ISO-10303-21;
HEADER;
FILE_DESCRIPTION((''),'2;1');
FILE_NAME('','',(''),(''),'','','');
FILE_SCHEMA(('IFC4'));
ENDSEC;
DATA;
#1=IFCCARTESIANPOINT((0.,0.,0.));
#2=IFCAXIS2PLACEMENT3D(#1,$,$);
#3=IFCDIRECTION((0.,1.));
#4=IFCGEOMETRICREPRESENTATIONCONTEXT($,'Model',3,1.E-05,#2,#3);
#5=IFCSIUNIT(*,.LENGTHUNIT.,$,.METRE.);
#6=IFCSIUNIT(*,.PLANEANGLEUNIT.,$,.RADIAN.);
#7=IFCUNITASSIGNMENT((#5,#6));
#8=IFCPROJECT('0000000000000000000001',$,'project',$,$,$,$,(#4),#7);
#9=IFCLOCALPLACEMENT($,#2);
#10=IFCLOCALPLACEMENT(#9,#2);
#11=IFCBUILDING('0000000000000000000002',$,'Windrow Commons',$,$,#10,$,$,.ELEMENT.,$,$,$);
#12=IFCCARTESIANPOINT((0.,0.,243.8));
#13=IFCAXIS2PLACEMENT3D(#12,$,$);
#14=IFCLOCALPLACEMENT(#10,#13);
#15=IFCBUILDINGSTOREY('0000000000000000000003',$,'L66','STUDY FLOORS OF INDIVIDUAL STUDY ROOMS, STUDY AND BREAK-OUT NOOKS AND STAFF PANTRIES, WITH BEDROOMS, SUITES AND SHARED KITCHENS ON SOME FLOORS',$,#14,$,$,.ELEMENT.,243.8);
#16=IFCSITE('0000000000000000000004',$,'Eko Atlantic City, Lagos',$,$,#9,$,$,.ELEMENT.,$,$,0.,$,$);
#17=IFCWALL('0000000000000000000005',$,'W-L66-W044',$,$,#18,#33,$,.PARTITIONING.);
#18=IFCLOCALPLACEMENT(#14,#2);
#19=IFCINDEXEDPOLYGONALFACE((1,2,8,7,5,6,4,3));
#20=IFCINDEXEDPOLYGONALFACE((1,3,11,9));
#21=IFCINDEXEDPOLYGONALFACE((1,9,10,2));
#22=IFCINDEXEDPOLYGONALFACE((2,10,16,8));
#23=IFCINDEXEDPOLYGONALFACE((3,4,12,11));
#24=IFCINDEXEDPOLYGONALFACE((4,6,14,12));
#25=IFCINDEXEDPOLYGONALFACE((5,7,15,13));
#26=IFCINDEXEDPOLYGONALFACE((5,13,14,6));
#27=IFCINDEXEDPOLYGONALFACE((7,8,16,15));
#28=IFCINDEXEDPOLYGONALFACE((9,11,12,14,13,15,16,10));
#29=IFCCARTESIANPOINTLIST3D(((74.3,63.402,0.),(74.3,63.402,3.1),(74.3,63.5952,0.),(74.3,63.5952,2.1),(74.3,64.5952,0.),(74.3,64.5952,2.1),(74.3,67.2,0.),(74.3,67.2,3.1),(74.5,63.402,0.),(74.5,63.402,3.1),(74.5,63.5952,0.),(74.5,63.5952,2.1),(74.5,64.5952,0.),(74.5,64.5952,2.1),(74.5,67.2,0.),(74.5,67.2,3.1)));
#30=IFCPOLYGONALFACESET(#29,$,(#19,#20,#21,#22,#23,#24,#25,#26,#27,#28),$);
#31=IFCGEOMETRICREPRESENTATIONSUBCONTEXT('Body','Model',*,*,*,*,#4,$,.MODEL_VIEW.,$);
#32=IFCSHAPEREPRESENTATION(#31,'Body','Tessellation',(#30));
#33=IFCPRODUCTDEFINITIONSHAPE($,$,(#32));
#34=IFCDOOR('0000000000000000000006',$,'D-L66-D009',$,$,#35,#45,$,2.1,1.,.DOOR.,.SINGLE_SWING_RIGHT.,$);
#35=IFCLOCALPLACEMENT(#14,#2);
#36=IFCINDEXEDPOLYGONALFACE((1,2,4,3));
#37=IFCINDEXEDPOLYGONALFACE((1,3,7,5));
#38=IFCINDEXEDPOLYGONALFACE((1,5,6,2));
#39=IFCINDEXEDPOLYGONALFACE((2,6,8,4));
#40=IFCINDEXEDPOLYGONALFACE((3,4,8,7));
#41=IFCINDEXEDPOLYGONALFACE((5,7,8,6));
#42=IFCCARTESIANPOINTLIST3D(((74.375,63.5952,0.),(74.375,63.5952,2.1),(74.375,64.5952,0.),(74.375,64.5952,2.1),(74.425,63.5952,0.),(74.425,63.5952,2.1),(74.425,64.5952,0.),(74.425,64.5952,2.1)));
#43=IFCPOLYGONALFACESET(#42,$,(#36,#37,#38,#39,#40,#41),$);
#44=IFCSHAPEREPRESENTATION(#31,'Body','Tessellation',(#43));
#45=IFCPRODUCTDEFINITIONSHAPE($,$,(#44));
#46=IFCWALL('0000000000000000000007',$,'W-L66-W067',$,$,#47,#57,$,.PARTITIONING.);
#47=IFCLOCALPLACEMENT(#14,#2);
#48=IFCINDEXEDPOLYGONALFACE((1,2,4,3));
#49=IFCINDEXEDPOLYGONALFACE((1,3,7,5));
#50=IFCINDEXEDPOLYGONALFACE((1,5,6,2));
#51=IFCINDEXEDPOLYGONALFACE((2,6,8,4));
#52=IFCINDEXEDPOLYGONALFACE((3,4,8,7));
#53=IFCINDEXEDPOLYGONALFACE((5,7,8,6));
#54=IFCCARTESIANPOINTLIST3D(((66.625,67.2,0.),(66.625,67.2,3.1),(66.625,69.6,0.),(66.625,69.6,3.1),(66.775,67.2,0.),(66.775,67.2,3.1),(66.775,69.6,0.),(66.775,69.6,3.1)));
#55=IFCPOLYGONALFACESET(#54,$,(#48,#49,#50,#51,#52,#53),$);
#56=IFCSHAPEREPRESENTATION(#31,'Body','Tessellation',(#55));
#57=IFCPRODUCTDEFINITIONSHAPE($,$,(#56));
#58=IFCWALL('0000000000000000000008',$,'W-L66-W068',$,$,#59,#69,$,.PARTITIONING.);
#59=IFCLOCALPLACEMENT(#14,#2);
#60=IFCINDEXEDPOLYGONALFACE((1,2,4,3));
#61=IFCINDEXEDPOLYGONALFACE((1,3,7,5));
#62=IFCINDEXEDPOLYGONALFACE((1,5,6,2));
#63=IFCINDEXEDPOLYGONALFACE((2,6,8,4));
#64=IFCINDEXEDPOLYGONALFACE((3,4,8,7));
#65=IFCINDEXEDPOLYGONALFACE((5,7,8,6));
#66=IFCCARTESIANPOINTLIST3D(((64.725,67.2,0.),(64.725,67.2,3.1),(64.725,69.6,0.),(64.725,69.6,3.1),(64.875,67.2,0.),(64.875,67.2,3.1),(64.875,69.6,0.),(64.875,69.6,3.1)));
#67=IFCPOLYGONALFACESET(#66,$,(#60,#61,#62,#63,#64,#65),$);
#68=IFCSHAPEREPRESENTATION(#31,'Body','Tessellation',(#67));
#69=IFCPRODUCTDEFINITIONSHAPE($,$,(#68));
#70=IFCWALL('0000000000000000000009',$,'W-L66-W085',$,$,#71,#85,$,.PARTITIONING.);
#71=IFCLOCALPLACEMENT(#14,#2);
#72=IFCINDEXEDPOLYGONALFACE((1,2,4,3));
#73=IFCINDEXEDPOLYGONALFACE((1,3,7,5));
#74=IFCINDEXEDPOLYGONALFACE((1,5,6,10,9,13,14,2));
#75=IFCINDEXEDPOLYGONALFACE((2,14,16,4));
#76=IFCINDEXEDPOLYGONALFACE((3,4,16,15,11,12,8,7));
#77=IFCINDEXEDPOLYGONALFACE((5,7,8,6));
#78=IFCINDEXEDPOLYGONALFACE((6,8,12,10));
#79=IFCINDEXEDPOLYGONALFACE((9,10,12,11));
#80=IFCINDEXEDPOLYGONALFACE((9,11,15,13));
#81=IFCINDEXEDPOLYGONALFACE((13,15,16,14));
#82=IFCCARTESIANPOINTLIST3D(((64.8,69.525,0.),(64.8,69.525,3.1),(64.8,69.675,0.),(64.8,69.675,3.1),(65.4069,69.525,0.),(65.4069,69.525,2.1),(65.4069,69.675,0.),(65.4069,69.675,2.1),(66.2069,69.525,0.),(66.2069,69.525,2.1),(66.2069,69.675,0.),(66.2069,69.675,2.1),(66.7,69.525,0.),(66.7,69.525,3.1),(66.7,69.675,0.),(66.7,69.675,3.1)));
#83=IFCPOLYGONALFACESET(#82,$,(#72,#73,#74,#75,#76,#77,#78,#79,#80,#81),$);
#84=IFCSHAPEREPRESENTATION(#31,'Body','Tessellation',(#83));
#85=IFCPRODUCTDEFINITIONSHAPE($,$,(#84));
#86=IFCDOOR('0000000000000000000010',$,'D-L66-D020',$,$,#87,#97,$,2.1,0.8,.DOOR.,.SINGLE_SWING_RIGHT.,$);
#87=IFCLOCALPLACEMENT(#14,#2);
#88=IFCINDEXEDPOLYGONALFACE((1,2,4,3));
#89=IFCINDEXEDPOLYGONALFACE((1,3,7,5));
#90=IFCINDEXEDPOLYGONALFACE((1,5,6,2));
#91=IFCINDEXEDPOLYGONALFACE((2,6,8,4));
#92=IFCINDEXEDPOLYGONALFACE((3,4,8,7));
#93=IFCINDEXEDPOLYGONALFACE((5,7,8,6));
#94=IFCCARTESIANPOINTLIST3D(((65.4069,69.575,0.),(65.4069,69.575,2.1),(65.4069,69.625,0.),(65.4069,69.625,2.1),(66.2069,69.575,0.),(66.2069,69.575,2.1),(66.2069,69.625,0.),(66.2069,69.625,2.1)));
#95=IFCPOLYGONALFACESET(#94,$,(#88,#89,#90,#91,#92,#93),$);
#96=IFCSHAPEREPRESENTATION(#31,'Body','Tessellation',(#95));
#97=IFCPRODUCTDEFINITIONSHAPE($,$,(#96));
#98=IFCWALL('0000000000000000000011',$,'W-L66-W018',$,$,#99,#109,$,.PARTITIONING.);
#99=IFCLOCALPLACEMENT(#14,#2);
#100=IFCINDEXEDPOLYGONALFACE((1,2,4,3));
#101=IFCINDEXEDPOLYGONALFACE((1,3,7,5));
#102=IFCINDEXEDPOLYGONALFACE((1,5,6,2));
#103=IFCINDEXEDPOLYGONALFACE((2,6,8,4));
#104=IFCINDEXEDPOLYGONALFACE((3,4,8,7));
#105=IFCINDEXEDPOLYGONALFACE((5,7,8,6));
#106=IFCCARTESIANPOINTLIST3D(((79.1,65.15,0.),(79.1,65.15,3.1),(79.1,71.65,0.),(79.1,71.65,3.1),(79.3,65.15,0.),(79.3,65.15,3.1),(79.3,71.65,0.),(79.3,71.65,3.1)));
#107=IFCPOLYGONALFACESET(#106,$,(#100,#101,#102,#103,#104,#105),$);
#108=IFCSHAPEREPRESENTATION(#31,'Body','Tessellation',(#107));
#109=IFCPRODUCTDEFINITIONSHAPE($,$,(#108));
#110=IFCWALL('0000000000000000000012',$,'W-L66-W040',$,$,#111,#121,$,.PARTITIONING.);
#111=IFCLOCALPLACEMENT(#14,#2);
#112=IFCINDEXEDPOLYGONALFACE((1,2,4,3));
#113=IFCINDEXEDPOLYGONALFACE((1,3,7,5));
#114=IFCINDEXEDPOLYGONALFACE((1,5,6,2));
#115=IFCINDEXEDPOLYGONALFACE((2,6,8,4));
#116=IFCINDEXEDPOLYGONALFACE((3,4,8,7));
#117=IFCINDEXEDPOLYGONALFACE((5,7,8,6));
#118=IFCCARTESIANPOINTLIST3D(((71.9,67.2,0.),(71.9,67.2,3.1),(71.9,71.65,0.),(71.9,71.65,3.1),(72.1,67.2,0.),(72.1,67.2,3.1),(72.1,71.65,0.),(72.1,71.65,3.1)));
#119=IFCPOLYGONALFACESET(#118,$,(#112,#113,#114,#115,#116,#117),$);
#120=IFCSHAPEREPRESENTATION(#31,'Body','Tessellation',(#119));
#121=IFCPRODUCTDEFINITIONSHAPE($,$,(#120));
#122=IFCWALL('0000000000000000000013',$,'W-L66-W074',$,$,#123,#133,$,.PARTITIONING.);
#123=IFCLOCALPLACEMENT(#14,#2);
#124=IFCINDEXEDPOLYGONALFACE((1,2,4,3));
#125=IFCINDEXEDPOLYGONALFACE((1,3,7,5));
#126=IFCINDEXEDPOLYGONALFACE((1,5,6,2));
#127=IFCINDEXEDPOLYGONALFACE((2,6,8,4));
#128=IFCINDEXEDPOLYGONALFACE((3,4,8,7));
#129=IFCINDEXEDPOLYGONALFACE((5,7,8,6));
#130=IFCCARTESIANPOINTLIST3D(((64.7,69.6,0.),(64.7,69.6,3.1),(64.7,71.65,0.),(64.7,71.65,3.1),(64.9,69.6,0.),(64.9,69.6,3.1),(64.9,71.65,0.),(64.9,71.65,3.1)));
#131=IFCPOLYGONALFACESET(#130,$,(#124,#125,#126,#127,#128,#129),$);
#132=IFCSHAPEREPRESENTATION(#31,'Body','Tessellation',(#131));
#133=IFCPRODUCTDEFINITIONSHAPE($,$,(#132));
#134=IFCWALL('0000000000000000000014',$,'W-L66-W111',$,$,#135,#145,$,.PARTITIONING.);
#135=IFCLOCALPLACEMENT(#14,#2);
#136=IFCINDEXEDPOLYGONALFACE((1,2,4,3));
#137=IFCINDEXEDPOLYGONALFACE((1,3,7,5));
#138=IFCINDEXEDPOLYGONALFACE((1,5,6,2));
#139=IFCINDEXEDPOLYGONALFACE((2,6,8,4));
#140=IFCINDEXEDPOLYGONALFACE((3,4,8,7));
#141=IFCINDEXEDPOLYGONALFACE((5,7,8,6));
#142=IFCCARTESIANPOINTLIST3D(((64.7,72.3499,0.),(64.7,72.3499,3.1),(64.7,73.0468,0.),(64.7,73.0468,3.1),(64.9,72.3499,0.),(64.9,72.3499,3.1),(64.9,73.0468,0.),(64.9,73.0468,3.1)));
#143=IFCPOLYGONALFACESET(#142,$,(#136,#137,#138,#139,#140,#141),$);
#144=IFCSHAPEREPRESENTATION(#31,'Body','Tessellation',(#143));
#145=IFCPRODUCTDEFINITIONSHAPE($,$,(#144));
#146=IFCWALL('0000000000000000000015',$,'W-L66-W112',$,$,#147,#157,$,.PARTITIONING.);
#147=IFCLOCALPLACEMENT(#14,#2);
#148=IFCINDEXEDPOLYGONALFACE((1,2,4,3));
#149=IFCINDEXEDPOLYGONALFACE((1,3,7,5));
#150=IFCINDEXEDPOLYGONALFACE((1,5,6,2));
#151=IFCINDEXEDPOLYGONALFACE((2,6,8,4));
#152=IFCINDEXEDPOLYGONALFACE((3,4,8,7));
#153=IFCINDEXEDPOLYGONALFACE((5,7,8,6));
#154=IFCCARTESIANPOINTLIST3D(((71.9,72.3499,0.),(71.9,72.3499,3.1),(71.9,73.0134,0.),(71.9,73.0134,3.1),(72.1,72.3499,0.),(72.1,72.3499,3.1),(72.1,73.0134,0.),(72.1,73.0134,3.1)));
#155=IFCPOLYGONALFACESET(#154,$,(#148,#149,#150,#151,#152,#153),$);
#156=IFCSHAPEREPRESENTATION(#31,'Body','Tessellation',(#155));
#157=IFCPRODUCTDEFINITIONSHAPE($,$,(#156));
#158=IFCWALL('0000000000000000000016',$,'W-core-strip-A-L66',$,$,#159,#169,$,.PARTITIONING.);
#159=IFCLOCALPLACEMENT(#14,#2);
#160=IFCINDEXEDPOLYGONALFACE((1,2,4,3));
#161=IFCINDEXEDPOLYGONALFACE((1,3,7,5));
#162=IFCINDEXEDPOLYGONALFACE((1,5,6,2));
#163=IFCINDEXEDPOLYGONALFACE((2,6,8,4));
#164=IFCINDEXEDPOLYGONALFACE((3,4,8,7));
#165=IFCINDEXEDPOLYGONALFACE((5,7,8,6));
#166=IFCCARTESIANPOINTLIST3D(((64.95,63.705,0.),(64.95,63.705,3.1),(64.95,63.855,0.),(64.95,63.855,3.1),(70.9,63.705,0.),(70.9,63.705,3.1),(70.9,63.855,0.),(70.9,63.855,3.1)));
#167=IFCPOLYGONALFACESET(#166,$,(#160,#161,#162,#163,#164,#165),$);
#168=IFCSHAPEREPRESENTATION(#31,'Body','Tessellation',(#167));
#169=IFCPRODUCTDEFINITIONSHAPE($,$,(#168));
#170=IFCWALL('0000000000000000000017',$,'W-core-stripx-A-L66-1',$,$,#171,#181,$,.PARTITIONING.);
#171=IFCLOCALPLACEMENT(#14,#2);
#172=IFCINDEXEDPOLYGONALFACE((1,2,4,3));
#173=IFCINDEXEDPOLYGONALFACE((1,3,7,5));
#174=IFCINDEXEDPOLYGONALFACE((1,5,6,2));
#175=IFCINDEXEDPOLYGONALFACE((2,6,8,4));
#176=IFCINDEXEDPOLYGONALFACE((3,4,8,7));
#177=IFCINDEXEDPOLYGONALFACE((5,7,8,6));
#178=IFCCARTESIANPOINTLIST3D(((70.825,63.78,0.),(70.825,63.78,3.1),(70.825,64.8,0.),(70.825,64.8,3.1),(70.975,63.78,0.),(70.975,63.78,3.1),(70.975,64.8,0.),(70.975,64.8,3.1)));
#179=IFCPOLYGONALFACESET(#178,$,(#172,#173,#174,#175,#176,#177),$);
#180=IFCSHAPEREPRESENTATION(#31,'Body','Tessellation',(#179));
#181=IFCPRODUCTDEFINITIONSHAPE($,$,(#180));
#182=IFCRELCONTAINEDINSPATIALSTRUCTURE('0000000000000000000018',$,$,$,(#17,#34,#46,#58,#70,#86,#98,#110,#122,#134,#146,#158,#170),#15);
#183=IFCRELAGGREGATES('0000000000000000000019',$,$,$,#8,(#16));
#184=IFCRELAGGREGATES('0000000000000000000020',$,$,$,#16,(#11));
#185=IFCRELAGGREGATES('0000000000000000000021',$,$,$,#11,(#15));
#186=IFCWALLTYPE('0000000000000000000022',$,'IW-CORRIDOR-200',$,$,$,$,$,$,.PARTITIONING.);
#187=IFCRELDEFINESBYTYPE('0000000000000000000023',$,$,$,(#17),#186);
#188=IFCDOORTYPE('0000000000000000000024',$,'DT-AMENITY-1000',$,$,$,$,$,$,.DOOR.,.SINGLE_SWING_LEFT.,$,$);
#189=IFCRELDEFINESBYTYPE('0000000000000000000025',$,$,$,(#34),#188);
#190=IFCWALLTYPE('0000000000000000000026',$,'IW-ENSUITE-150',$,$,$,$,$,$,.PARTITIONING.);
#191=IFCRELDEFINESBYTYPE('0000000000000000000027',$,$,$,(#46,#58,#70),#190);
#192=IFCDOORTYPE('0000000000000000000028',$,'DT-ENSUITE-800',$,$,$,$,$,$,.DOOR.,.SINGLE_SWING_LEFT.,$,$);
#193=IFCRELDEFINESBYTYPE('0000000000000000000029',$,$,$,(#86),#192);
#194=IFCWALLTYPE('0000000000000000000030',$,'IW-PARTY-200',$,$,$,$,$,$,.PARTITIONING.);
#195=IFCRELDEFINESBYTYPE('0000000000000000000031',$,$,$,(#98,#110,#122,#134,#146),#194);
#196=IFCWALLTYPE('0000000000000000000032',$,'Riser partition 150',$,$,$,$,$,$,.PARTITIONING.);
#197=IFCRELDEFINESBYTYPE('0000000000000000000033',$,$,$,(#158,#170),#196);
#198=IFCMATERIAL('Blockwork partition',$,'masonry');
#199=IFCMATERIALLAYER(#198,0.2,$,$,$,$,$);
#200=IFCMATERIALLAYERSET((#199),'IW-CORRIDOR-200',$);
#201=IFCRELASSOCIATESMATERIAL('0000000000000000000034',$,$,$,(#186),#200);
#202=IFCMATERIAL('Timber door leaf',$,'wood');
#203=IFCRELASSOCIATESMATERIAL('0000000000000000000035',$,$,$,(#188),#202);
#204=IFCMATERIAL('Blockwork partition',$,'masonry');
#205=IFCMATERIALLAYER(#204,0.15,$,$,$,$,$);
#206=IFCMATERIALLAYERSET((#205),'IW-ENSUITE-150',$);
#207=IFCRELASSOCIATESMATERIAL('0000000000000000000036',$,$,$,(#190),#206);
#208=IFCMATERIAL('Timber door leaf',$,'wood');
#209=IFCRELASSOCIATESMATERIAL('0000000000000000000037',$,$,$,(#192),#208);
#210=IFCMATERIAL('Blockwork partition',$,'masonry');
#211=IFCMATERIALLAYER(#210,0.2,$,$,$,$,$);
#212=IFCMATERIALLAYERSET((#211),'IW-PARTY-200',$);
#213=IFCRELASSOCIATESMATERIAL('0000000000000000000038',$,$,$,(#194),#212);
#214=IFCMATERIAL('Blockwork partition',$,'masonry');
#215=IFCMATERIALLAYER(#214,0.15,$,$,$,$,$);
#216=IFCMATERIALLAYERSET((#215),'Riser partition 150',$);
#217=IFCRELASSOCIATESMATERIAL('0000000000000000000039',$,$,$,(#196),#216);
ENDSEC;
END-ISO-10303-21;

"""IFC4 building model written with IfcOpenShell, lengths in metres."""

from ifc_helpers import new_model, si_unit, direction, frame, frame_2d, origin, place, context, subcontext, project, spatial, rectangle, extrude, material, layer, layer_set, type_object, element, fill, save


model = new_model("IFC4")

# Units and contexts
model_context = context("Model", 3, precision=1e-05, world=origin(), true_north=direction((0.0, 1.0)))
body_context = subcontext(model_context, "Body", "Model", "MODEL_VIEW")
ifc_project = project(units=[si_unit("LENGTHUNIT", "METRE"), si_unit("PLANEANGLEUNIT", "RADIAN")], contexts=[model_context])

# Site, building, storey
site_placement = place(None, origin())
site = spatial("IfcSite", under=ifc_project, at=site_placement, Name="Eko Atlantic City, Lagos", CompositionType="ELEMENT", RefElevation=0.0)
building_placement = place(site_placement, origin())
building = spatial("IfcBuilding", under=site, at=building_placement, Name="Windrow Commons", CompositionType="ELEMENT")
storey_placement = place(building_placement, frame((0.0, 0.0, 243.8)))
storey = spatial("IfcBuildingStorey", under=building, at=storey_placement, Name="L66", Description="STUDY FLOORS OF INDIVIDUAL STUDY ROOMS, STUDY AND BREAK-OUT NOOKS AND STAFF PANTRIES, WITH BEDROOMS, SUITES AND SHARED KITCHENS ON SOME FLOORS", CompositionType="ELEMENT", Elevation=243.8)

# Wall, opening, door
ifc_material_1 = material(Name="Blockwork partition", Category="masonry")
ifc_layer_1 = layer(ifc_material_1, 0.2)
ifc_layer_set_1 = layer_set([ifc_layer_1], Name="IW-CORRIDOR-200")
wall_type_1 = type_object("IfcWallType", Name="IW-CORRIDOR-200", PredefinedType="PARTITIONING", material=ifc_layer_set_1)
wall_1_placement = place(storey_placement, frame((74.4, 63.402, 0.0), z_axis=(0.0, 0.0, 1.0), x_axis=(0.0, 1.0, 0.0)))
wall_1 = element("IfcWall", 1, at=wall_1_placement, inside=storey, type_object=wall_type_1, Name="W-L66-W044", PredefinedType="PARTITIONING", context=body_context, shape_type="SweptSolid", body=[
    extrude(rectangle(XDim=3.798, YDim=0.2, at=frame_2d((1.899, 0.0))), origin(), (0.0, 0.0, 1.0), 3.1),
])
opening_1_placement = place(wall_1_placement, frame((0.1932, 0.0, 0.0)))
opening_1 = element("IfcOpeningElement", 2, at=opening_1_placement, cuts=wall_1, PredefinedType="OPENING", context=body_context, shape_type="SweptSolid", body=[
    extrude(rectangle(XDim=1.0, YDim=2.1, at=frame_2d((0.5, 1.05))), frame((0.0, 0.11, 0.0), z_axis=(0.0, -1.0, 0.0), x_axis=(1.0, 0.0, 0.0)), (0.0, 0.0, 1.0), 0.22),
])
ifc_material_2 = material(Name="Timber door leaf", Category="wood")
door_type_1 = type_object("IfcDoorType", Name="DT-AMENITY-1000", OperationType="SINGLE_SWING_LEFT", PredefinedType="DOOR", material=ifc_material_2)
door_1_placement = place(opening_1_placement, origin())
door_1 = element("IfcDoor", 3, at=door_1_placement, inside=storey, type_object=door_type_1, Name="D-L66-D009", OperationType="SINGLE_SWING_RIGHT", OverallHeight=2.1, OverallWidth=1.0, PredefinedType="DOOR", context=body_context, shape_type="SweptSolid", body=[
    extrude(rectangle(XDim=1.0, YDim=2.1, at=frame_2d((0.5, 1.05))), frame((0.0, 0.025, 0.0), z_axis=(0.0, -1.0, 0.0), x_axis=(1.0, 0.0, 0.0)), (0.0, 0.0, 1.0), 0.05),
])
fill(opening_1, door_1)

# Walls
ifc_material_3 = material(Name="Blockwork partition", Category="masonry")
ifc_layer_2 = layer(ifc_material_3, 0.15)
ifc_layer_set_2 = layer_set([ifc_layer_2], Name="IW-ENSUITE-150")
wall_type_2 = type_object("IfcWallType", Name="IW-ENSUITE-150", PredefinedType="PARTITIONING", material=ifc_layer_set_2)
for number, where, z_axis, x_axis, name in (
    (4, (66.7, 67.2, 0.0), (0.0, 0.0, 1.0), (0.0, 1.0, 0.0), "W-L66-W067"),
    (5, (64.8, 67.2, 0.0), (0.0, 0.0, 1.0), (0.0, 1.0, 0.0), "W-L66-W068"),
):
    element("IfcWall", number, at=place(storey_placement, frame(where, z_axis=z_axis, x_axis=x_axis)), inside=storey, type_object=wall_type_2, Name=name, PredefinedType="PARTITIONING", context=body_context, shape_type="SweptSolid", body=[
        extrude(rectangle(XDim=2.4, YDim=0.15, at=frame_2d((1.2, 0.0))), origin(), (0.0, 0.0, 1.0), 3.1),
    ])

# Wall, opening, door
wall_2_placement = place(storey_placement, frame((64.8, 69.6, 0.0), z_axis=(0.0, 0.0, 1.0), x_axis=(1.0, 0.0, 0.0)))
wall_2 = element("IfcWall", 6, at=wall_2_placement, inside=storey, type_object=wall_type_2, Name="W-L66-W085", PredefinedType="PARTITIONING", context=body_context, shape_type="SweptSolid", body=[
    extrude(rectangle(XDim=1.9, YDim=0.15, at=frame_2d((0.95, 0.0))), origin(), (0.0, 0.0, 1.0), 3.1),
])
opening_2_placement = place(wall_2_placement, frame((0.6069, 0.0, 0.0)))
opening_2 = element("IfcOpeningElement", 7, at=opening_2_placement, cuts=wall_2, PredefinedType="OPENING", context=body_context, shape_type="SweptSolid", body=[
    extrude(rectangle(XDim=0.8, YDim=2.1, at=frame_2d((0.4, 1.05))), frame((0.0, 0.085, 0.0), z_axis=(0.0, -1.0, 0.0), x_axis=(1.0, 0.0, 0.0)), (0.0, 0.0, 1.0), 0.17),
])
ifc_material_4 = material(Name="Timber door leaf", Category="wood")
door_type_2 = type_object("IfcDoorType", Name="DT-ENSUITE-800", OperationType="SINGLE_SWING_LEFT", PredefinedType="DOOR", material=ifc_material_4)
door_2_placement = place(opening_2_placement, origin())
door_2 = element("IfcDoor", 8, at=door_2_placement, inside=storey, type_object=door_type_2, Name="D-L66-D020", OperationType="SINGLE_SWING_RIGHT", OverallHeight=2.1, OverallWidth=0.8, PredefinedType="DOOR", context=body_context, shape_type="SweptSolid", body=[
    extrude(rectangle(XDim=0.8, YDim=2.1, at=frame_2d((0.4, 1.05))), frame((0.0, 0.025, 0.0), z_axis=(0.0, -1.0, 0.0), x_axis=(1.0, 0.0, 0.0)), (0.0, 0.0, 1.0), 0.05),
])
fill(opening_2, door_2)

# Walls
ifc_material_5 = material(Name="Blockwork partition", Category="masonry")
ifc_layer_3 = layer(ifc_material_5, 0.2)
ifc_layer_set_3 = layer_set([ifc_layer_3], Name="IW-PARTY-200")
wall_type_3 = type_object("IfcWallType", Name="IW-PARTY-200", PredefinedType="PARTITIONING", material=ifc_layer_set_3)
wall_3_placement = place(storey_placement, frame((79.2, 65.15, 0.0), z_axis=(0.0, 0.0, 1.0), x_axis=(0.0, 1.0, 0.0)))
element("IfcWall", 9, at=wall_3_placement, inside=storey, type_object=wall_type_3, Name="W-L66-W018", PredefinedType="PARTITIONING", context=body_context, shape_type="SweptSolid", body=[
    extrude(rectangle(XDim=6.5, YDim=0.2, at=frame_2d((3.25, 0.0))), origin(), (0.0, 0.0, 1.0), 3.1),
])
wall_4_placement = place(storey_placement, frame((72.0, 67.2, 0.0), z_axis=(0.0, 0.0, 1.0), x_axis=(0.0, 1.0, 0.0)))
element("IfcWall", 10, at=wall_4_placement, inside=storey, type_object=wall_type_3, Name="W-L66-W040", PredefinedType="PARTITIONING", context=body_context, shape_type="SweptSolid", body=[
    extrude(rectangle(XDim=4.45, YDim=0.2, at=frame_2d((2.225, 0.0))), origin(), (0.0, 0.0, 1.0), 3.1),
])
wall_5_placement = place(storey_placement, frame((64.8, 69.6, 0.0), z_axis=(0.0, 0.0, 1.0), x_axis=(0.0, 1.0, 0.0)))
element("IfcWall", 11, at=wall_5_placement, inside=storey, type_object=wall_type_3, Name="W-L66-W074", PredefinedType="PARTITIONING", context=body_context, shape_type="SweptSolid", body=[
    extrude(rectangle(XDim=2.05, YDim=0.2, at=frame_2d((1.025, 0.0))), origin(), (0.0, 0.0, 1.0), 3.1),
])
wall_6_placement = place(storey_placement, frame((64.8, 72.35, 0.0), z_axis=(0.0, 0.0, 1.0), x_axis=(0.0, 1.0, 0.0)))
element("IfcWall", 12, at=wall_6_placement, inside=storey, type_object=wall_type_3, Name="W-L66-W111", PredefinedType="PARTITIONING", context=body_context, shape_type="SweptSolid", body=[
    extrude(rectangle(XDim=0.6969, YDim=0.2, at=frame_2d((0.3484, 0.0))), origin(), (0.0, 0.0, 1.0), 3.1),
])
wall_7_placement = place(storey_placement, frame((72.0, 72.35, 0.0), z_axis=(0.0, 0.0, 1.0), x_axis=(0.0, 1.0, 0.0)))
element("IfcWall", 13, at=wall_7_placement, inside=storey, type_object=wall_type_3, Name="W-L66-W112", PredefinedType="PARTITIONING", context=body_context, shape_type="SweptSolid", body=[
    extrude(rectangle(XDim=0.6635, YDim=0.2, at=frame_2d((0.3317, 0.0))), origin(), (0.0, 0.0, 1.0), 3.1),
])
ifc_material_6 = material(Name="Blockwork partition", Category="masonry")
ifc_layer_4 = layer(ifc_material_6, 0.15)
ifc_layer_set_4 = layer_set([ifc_layer_4], Name="Riser partition 150")
wall_type_4 = type_object("IfcWallType", Name="Riser partition 150", PredefinedType="PARTITIONING", material=ifc_layer_set_4)
wall_8_placement = place(storey_placement, frame((64.95, 63.78, 0.0), z_axis=(0.0, 0.0, 1.0), x_axis=(1.0, 0.0, 0.0)))
element("IfcWall", 14, at=wall_8_placement, inside=storey, type_object=wall_type_4, Name="W-core-strip-A-L66", PredefinedType="PARTITIONING", context=body_context, shape_type="SweptSolid", body=[
    extrude(rectangle(XDim=5.95, YDim=0.15, at=frame_2d((2.975, 0.0))), origin(), (0.0, 0.0, 1.0), 3.1),
])
wall_9_placement = place(storey_placement, frame((70.9, 63.78, 0.0), z_axis=(0.0, 0.0, 1.0), x_axis=(0.0, 1.0, 0.0)))
element("IfcWall", 15, at=wall_9_placement, inside=storey, type_object=wall_type_4, Name="W-core-stripx-A-L66-1", PredefinedType="PARTITIONING", context=body_context, shape_type="SweptSolid", body=[
    extrude(rectangle(XDim=1.02, YDim=0.15, at=frame_2d((0.51, 0.0))), origin(), (0.0, 0.0, 1.0), 3.1),
])

save(model, "model.ifc")
